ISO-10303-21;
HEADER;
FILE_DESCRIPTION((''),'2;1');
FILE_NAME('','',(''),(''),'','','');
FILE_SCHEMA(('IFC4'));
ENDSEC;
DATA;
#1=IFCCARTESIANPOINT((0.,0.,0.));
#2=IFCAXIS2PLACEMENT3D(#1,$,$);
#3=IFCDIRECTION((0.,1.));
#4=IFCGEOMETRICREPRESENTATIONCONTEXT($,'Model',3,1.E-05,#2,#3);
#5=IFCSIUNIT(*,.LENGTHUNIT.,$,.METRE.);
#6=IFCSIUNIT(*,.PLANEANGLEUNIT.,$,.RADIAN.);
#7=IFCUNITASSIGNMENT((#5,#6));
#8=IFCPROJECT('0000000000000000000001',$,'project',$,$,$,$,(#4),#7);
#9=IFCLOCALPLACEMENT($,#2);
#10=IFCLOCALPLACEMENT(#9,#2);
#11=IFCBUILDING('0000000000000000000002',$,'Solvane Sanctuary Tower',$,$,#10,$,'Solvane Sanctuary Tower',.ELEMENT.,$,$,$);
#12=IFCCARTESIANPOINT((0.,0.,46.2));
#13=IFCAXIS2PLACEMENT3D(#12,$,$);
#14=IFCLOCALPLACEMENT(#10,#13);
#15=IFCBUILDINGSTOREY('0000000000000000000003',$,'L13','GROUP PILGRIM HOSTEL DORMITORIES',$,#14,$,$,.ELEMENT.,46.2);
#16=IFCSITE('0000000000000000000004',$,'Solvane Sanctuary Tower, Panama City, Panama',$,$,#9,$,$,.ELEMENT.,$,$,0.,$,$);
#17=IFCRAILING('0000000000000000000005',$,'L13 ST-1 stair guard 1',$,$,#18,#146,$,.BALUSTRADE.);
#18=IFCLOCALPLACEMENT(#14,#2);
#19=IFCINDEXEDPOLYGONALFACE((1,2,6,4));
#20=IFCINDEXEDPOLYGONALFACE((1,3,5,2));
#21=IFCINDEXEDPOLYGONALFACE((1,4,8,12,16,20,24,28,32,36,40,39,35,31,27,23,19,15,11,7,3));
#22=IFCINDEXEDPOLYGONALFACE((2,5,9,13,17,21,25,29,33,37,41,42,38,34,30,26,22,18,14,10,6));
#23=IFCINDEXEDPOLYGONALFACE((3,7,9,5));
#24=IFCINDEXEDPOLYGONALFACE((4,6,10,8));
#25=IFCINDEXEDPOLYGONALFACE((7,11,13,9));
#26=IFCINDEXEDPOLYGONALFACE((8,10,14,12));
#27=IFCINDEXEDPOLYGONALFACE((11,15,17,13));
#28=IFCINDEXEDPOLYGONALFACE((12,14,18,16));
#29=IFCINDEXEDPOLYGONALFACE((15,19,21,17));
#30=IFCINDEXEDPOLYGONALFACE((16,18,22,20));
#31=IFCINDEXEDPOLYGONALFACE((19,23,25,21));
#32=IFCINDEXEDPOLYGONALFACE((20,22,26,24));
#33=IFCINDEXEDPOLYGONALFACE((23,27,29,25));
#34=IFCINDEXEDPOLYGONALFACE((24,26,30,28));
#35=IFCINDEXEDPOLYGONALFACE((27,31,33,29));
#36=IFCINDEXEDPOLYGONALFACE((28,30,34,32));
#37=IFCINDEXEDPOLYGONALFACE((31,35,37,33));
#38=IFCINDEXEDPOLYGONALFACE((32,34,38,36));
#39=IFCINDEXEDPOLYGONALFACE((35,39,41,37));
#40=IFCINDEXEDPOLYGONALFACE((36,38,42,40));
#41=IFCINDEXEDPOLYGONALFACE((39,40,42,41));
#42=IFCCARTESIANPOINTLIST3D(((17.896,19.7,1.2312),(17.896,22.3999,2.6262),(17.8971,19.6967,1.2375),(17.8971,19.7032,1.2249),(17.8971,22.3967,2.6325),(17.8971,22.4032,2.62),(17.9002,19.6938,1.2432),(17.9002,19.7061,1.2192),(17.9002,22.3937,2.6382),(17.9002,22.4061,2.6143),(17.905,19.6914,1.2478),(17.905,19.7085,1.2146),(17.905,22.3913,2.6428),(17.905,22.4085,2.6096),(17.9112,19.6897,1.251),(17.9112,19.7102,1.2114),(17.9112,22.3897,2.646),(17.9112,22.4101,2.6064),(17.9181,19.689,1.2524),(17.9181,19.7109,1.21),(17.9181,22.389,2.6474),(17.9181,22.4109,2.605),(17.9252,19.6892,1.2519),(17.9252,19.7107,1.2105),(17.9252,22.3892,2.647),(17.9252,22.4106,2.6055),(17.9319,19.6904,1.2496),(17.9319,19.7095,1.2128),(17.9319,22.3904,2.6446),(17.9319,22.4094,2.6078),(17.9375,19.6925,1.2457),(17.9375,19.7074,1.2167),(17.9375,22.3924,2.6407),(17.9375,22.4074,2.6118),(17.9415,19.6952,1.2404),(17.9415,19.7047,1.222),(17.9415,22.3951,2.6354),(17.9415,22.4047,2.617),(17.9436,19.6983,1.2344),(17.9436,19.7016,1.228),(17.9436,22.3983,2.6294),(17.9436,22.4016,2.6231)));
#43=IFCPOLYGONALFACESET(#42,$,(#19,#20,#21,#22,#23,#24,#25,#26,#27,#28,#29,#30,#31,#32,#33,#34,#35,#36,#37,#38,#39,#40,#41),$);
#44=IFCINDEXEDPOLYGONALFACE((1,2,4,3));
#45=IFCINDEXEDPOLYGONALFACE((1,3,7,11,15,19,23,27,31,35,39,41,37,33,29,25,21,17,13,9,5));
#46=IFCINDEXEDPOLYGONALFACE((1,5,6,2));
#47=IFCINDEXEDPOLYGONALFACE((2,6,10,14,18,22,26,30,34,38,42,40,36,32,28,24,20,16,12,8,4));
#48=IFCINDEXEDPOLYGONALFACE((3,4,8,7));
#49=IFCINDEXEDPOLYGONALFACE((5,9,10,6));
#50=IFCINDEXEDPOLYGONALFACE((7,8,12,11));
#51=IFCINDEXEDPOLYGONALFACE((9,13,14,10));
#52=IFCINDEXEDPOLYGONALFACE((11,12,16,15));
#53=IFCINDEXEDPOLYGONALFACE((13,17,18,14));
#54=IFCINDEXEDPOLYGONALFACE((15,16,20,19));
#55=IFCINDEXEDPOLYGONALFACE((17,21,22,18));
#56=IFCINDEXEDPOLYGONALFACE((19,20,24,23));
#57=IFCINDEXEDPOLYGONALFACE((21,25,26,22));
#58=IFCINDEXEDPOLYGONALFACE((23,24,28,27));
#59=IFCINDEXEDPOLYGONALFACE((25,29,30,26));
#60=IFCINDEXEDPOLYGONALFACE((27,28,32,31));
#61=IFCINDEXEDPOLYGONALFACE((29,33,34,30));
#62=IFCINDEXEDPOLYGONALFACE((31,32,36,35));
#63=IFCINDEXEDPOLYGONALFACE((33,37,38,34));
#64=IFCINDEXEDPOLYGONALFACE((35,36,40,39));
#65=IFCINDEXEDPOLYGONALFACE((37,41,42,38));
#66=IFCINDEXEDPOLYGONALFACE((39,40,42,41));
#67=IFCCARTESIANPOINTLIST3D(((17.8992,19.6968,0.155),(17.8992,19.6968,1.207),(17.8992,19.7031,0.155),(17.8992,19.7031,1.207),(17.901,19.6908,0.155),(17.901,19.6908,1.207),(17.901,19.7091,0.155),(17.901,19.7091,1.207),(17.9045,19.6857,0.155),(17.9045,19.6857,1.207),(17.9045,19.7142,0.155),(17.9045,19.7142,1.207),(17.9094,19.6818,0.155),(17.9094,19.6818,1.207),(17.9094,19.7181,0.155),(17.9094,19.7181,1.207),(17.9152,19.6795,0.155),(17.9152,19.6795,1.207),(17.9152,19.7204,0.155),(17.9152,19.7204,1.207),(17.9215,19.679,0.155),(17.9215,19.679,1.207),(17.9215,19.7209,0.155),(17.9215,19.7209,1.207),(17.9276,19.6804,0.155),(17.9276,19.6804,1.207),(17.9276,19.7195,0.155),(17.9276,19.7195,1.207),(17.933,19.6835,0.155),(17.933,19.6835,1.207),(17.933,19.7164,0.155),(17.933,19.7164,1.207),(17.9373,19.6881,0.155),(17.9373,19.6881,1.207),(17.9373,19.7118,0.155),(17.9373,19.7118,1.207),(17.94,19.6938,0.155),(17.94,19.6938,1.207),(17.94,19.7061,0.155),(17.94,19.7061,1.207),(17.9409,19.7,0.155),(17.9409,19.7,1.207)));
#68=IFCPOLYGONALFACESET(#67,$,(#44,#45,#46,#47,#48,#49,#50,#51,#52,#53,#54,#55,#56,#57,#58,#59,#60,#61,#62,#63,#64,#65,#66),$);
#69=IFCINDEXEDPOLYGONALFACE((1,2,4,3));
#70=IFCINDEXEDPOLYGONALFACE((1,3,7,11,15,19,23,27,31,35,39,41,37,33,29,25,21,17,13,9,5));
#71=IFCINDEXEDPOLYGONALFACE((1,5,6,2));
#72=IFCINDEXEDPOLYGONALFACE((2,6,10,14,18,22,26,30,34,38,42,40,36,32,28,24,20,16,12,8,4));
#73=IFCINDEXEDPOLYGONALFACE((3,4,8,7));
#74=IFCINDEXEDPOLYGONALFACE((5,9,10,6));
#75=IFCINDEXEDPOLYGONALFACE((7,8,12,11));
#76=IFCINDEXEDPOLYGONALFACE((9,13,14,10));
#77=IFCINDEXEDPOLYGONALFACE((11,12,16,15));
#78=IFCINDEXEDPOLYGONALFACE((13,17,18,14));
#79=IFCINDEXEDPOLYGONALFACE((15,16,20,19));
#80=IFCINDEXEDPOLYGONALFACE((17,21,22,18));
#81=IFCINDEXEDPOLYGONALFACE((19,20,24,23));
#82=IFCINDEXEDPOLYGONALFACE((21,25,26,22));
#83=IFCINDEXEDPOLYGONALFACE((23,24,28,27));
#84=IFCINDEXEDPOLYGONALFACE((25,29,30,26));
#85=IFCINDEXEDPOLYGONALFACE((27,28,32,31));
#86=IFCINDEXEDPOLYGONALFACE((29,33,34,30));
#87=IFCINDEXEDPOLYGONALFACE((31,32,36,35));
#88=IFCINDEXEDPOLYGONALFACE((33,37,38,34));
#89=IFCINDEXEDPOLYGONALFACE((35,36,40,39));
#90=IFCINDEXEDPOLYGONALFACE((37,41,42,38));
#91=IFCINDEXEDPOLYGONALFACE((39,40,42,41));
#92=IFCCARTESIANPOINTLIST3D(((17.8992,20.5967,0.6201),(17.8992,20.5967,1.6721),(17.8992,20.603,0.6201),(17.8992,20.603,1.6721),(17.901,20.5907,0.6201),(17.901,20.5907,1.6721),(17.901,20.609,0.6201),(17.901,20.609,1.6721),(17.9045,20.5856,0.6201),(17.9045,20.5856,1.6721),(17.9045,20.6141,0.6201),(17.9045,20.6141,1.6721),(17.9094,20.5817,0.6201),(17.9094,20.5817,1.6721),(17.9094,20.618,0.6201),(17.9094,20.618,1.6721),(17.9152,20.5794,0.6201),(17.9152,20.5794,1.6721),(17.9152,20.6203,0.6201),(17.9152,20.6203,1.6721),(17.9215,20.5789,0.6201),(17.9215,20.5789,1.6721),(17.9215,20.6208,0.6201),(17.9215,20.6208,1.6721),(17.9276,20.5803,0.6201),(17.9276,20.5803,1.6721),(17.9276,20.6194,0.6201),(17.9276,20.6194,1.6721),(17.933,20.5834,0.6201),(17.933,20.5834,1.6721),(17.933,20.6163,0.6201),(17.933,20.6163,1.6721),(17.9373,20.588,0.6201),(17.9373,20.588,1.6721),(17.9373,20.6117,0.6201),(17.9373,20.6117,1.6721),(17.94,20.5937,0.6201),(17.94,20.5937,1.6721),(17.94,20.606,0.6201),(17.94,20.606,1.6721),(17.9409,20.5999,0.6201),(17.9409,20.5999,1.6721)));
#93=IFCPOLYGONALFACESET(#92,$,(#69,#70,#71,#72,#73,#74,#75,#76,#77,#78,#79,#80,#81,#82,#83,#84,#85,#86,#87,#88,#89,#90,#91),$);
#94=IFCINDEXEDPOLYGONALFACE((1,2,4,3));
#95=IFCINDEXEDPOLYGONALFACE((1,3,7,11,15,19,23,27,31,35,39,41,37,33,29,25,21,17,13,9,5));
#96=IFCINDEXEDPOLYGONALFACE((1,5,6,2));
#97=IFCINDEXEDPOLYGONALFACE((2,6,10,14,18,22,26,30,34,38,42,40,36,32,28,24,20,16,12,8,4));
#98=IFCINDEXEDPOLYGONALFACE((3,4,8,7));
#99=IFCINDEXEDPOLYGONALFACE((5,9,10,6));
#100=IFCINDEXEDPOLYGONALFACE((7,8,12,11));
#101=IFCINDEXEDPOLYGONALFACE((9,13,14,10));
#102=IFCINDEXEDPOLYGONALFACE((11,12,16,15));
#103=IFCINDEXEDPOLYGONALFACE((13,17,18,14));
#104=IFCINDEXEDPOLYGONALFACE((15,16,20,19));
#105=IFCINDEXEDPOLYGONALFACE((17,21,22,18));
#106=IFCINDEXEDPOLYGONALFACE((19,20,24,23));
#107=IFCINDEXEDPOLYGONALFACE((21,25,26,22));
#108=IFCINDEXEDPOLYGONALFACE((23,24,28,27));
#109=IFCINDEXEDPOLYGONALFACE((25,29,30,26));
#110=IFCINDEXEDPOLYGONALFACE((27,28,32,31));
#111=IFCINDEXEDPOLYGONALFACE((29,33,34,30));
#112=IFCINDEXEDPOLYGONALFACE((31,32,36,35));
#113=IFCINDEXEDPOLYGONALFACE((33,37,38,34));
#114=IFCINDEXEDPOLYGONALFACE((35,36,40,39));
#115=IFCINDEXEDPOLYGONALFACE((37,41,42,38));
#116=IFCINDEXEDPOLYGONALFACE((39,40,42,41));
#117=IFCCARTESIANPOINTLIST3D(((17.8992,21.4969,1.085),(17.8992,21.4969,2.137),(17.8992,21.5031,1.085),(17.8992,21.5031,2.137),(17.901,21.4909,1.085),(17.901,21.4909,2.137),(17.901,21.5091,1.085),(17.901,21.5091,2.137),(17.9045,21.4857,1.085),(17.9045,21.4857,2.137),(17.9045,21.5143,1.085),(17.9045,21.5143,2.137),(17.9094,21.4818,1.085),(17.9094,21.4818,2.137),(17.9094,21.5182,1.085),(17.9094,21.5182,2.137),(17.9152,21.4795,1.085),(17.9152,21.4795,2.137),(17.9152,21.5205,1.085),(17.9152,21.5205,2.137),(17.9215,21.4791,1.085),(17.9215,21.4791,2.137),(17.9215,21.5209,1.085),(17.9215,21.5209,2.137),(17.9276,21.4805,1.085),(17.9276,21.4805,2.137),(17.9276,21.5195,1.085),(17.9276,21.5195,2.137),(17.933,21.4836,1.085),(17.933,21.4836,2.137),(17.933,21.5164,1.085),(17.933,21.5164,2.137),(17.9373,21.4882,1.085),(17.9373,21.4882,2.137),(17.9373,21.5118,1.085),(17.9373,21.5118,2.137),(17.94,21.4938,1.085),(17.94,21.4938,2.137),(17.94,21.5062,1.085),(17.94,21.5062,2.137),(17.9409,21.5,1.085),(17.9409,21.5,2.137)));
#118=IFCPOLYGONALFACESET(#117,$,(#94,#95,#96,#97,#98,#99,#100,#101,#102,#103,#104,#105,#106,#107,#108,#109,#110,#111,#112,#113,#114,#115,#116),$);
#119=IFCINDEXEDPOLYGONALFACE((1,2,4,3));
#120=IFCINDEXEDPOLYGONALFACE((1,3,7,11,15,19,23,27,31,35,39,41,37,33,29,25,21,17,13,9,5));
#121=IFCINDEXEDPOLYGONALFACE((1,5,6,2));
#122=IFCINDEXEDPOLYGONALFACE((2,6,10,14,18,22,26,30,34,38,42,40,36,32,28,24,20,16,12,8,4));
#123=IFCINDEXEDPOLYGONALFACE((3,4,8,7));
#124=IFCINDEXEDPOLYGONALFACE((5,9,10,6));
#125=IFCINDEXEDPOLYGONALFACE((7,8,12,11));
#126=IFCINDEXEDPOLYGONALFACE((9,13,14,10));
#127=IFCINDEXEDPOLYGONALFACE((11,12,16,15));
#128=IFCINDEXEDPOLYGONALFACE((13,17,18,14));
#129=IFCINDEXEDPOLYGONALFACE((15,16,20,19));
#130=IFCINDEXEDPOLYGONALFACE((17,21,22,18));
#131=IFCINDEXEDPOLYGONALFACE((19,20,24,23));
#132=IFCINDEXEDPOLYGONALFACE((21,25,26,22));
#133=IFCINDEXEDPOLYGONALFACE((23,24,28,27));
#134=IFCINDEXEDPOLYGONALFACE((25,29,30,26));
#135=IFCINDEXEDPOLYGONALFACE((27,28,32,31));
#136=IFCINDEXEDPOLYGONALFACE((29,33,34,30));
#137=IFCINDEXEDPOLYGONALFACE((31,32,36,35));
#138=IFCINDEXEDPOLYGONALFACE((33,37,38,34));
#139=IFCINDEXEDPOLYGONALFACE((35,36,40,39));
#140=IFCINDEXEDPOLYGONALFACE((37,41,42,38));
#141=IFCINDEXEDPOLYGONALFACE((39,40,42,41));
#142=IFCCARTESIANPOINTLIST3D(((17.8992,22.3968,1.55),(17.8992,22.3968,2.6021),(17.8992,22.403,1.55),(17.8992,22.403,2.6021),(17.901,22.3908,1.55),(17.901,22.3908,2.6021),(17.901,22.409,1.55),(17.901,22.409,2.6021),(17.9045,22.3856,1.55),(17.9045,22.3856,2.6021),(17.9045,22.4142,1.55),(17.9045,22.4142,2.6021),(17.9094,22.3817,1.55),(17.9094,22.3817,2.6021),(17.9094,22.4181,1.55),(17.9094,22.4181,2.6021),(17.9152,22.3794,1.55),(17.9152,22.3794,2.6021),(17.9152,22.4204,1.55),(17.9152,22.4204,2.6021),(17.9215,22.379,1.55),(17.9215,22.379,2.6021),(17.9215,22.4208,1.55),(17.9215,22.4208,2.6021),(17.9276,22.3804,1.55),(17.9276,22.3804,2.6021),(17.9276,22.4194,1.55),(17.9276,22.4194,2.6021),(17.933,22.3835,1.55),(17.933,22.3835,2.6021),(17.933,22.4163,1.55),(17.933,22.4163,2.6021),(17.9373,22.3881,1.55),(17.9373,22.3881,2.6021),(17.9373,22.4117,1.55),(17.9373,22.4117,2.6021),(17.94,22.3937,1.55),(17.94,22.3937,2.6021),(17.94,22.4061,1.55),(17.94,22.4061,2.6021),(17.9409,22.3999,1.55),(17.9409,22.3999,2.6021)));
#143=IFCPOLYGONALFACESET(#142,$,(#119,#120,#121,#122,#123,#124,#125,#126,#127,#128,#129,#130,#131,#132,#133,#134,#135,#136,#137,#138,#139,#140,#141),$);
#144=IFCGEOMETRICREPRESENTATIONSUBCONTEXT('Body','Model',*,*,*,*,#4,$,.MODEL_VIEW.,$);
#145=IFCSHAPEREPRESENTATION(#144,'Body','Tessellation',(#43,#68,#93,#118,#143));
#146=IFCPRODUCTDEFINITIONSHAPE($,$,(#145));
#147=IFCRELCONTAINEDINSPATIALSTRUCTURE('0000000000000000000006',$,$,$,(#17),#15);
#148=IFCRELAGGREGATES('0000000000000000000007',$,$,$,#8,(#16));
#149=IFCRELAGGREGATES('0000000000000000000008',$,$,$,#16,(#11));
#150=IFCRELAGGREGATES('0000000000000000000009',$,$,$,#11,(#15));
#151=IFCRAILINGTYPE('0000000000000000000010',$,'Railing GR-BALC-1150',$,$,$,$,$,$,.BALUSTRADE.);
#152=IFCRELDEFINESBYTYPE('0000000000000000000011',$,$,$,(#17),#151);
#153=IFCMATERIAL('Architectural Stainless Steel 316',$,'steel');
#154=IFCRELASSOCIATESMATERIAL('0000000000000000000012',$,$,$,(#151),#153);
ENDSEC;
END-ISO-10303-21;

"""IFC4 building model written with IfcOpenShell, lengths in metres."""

from ifc_helpers import new_model, si_unit, direction, frame, origin, origin_2d, place, context, subcontext, project, spatial, circle, extrude, material, type_object, element, save


model = new_model("IFC4")

# Units and contexts
model_context = context("Model", 3, precision=1e-05, world=origin(), true_north=direction((0.0, 1.0)))
body_context = subcontext(model_context, "Body", "Model", "MODEL_VIEW")
ifc_project = project(units=[si_unit("LENGTHUNIT", "METRE"), si_unit("PLANEANGLEUNIT", "RADIAN")], contexts=[model_context])

# Site, building, storey
site_placement = place(None, origin())
site = spatial("IfcSite", under=ifc_project, at=site_placement, Name="Solvane Sanctuary Tower, Panama City, Panama", CompositionType="ELEMENT", RefElevation=0.0)
building_placement = place(site_placement, origin())
building = spatial("IfcBuilding", under=site, at=building_placement, Name="Solvane Sanctuary Tower", LongName="Solvane Sanctuary Tower", CompositionType="ELEMENT")
storey_placement = place(building_placement, frame((0.0, 0.0, 46.2)))
storey = spatial("IfcBuildingStorey", under=building, at=storey_placement, Name="L13", Description="GROUP PILGRIM HOSTEL DORMITORIES", CompositionType="ELEMENT", Elevation=46.2)

# Shared definitions
ifc_material_1 = material(Name="Architectural Stainless Steel 316", Category="steel")

# Railing
railing_type_1 = type_object("IfcRailingType", Name="Railing GR-BALC-1150", PredefinedType="BALUSTRADE", material=ifc_material_1)
railing_1_placement = place(storey_placement, frame((17.9199, 19.7, 0.155)))
element("IfcRailing", 1, at=railing_1_placement, inside=storey, type_object=railing_type_1, Name="L13 ST-1 stair guard 1", PredefinedType="BALUSTRADE", context=body_context, shape_type="SweptSolid", body=[
    extrude(circle(Radius=0.0239, at=origin_2d()), frame((0.0, 0.0, 1.0762), z_axis=(0.0, 0.88842, 0.459032), x_axis=(-1.0, 0.0, 0.0)), (0.0, 0.0, 1.0), 3.0391),
    extrude(circle(Radius=0.021, at=origin_2d()), origin(), (0.0, 0.0, 1.0), 1.052),
    extrude(circle(Radius=0.021, at=origin_2d()), frame((0.0, 0.8999, 0.4651)), (0.0, 0.0, 1.0), 1.052),
    extrude(circle(Radius=0.021, at=origin_2d()), frame((0.0, 1.8, 0.9299)), (0.0, 0.0, 1.0), 1.052),
    extrude(circle(Radius=0.021, at=origin_2d()), frame((0.0, 2.7, 1.395)), (0.0, 0.0, 1.0), 1.052),
])

save(model, "model.ifc")
